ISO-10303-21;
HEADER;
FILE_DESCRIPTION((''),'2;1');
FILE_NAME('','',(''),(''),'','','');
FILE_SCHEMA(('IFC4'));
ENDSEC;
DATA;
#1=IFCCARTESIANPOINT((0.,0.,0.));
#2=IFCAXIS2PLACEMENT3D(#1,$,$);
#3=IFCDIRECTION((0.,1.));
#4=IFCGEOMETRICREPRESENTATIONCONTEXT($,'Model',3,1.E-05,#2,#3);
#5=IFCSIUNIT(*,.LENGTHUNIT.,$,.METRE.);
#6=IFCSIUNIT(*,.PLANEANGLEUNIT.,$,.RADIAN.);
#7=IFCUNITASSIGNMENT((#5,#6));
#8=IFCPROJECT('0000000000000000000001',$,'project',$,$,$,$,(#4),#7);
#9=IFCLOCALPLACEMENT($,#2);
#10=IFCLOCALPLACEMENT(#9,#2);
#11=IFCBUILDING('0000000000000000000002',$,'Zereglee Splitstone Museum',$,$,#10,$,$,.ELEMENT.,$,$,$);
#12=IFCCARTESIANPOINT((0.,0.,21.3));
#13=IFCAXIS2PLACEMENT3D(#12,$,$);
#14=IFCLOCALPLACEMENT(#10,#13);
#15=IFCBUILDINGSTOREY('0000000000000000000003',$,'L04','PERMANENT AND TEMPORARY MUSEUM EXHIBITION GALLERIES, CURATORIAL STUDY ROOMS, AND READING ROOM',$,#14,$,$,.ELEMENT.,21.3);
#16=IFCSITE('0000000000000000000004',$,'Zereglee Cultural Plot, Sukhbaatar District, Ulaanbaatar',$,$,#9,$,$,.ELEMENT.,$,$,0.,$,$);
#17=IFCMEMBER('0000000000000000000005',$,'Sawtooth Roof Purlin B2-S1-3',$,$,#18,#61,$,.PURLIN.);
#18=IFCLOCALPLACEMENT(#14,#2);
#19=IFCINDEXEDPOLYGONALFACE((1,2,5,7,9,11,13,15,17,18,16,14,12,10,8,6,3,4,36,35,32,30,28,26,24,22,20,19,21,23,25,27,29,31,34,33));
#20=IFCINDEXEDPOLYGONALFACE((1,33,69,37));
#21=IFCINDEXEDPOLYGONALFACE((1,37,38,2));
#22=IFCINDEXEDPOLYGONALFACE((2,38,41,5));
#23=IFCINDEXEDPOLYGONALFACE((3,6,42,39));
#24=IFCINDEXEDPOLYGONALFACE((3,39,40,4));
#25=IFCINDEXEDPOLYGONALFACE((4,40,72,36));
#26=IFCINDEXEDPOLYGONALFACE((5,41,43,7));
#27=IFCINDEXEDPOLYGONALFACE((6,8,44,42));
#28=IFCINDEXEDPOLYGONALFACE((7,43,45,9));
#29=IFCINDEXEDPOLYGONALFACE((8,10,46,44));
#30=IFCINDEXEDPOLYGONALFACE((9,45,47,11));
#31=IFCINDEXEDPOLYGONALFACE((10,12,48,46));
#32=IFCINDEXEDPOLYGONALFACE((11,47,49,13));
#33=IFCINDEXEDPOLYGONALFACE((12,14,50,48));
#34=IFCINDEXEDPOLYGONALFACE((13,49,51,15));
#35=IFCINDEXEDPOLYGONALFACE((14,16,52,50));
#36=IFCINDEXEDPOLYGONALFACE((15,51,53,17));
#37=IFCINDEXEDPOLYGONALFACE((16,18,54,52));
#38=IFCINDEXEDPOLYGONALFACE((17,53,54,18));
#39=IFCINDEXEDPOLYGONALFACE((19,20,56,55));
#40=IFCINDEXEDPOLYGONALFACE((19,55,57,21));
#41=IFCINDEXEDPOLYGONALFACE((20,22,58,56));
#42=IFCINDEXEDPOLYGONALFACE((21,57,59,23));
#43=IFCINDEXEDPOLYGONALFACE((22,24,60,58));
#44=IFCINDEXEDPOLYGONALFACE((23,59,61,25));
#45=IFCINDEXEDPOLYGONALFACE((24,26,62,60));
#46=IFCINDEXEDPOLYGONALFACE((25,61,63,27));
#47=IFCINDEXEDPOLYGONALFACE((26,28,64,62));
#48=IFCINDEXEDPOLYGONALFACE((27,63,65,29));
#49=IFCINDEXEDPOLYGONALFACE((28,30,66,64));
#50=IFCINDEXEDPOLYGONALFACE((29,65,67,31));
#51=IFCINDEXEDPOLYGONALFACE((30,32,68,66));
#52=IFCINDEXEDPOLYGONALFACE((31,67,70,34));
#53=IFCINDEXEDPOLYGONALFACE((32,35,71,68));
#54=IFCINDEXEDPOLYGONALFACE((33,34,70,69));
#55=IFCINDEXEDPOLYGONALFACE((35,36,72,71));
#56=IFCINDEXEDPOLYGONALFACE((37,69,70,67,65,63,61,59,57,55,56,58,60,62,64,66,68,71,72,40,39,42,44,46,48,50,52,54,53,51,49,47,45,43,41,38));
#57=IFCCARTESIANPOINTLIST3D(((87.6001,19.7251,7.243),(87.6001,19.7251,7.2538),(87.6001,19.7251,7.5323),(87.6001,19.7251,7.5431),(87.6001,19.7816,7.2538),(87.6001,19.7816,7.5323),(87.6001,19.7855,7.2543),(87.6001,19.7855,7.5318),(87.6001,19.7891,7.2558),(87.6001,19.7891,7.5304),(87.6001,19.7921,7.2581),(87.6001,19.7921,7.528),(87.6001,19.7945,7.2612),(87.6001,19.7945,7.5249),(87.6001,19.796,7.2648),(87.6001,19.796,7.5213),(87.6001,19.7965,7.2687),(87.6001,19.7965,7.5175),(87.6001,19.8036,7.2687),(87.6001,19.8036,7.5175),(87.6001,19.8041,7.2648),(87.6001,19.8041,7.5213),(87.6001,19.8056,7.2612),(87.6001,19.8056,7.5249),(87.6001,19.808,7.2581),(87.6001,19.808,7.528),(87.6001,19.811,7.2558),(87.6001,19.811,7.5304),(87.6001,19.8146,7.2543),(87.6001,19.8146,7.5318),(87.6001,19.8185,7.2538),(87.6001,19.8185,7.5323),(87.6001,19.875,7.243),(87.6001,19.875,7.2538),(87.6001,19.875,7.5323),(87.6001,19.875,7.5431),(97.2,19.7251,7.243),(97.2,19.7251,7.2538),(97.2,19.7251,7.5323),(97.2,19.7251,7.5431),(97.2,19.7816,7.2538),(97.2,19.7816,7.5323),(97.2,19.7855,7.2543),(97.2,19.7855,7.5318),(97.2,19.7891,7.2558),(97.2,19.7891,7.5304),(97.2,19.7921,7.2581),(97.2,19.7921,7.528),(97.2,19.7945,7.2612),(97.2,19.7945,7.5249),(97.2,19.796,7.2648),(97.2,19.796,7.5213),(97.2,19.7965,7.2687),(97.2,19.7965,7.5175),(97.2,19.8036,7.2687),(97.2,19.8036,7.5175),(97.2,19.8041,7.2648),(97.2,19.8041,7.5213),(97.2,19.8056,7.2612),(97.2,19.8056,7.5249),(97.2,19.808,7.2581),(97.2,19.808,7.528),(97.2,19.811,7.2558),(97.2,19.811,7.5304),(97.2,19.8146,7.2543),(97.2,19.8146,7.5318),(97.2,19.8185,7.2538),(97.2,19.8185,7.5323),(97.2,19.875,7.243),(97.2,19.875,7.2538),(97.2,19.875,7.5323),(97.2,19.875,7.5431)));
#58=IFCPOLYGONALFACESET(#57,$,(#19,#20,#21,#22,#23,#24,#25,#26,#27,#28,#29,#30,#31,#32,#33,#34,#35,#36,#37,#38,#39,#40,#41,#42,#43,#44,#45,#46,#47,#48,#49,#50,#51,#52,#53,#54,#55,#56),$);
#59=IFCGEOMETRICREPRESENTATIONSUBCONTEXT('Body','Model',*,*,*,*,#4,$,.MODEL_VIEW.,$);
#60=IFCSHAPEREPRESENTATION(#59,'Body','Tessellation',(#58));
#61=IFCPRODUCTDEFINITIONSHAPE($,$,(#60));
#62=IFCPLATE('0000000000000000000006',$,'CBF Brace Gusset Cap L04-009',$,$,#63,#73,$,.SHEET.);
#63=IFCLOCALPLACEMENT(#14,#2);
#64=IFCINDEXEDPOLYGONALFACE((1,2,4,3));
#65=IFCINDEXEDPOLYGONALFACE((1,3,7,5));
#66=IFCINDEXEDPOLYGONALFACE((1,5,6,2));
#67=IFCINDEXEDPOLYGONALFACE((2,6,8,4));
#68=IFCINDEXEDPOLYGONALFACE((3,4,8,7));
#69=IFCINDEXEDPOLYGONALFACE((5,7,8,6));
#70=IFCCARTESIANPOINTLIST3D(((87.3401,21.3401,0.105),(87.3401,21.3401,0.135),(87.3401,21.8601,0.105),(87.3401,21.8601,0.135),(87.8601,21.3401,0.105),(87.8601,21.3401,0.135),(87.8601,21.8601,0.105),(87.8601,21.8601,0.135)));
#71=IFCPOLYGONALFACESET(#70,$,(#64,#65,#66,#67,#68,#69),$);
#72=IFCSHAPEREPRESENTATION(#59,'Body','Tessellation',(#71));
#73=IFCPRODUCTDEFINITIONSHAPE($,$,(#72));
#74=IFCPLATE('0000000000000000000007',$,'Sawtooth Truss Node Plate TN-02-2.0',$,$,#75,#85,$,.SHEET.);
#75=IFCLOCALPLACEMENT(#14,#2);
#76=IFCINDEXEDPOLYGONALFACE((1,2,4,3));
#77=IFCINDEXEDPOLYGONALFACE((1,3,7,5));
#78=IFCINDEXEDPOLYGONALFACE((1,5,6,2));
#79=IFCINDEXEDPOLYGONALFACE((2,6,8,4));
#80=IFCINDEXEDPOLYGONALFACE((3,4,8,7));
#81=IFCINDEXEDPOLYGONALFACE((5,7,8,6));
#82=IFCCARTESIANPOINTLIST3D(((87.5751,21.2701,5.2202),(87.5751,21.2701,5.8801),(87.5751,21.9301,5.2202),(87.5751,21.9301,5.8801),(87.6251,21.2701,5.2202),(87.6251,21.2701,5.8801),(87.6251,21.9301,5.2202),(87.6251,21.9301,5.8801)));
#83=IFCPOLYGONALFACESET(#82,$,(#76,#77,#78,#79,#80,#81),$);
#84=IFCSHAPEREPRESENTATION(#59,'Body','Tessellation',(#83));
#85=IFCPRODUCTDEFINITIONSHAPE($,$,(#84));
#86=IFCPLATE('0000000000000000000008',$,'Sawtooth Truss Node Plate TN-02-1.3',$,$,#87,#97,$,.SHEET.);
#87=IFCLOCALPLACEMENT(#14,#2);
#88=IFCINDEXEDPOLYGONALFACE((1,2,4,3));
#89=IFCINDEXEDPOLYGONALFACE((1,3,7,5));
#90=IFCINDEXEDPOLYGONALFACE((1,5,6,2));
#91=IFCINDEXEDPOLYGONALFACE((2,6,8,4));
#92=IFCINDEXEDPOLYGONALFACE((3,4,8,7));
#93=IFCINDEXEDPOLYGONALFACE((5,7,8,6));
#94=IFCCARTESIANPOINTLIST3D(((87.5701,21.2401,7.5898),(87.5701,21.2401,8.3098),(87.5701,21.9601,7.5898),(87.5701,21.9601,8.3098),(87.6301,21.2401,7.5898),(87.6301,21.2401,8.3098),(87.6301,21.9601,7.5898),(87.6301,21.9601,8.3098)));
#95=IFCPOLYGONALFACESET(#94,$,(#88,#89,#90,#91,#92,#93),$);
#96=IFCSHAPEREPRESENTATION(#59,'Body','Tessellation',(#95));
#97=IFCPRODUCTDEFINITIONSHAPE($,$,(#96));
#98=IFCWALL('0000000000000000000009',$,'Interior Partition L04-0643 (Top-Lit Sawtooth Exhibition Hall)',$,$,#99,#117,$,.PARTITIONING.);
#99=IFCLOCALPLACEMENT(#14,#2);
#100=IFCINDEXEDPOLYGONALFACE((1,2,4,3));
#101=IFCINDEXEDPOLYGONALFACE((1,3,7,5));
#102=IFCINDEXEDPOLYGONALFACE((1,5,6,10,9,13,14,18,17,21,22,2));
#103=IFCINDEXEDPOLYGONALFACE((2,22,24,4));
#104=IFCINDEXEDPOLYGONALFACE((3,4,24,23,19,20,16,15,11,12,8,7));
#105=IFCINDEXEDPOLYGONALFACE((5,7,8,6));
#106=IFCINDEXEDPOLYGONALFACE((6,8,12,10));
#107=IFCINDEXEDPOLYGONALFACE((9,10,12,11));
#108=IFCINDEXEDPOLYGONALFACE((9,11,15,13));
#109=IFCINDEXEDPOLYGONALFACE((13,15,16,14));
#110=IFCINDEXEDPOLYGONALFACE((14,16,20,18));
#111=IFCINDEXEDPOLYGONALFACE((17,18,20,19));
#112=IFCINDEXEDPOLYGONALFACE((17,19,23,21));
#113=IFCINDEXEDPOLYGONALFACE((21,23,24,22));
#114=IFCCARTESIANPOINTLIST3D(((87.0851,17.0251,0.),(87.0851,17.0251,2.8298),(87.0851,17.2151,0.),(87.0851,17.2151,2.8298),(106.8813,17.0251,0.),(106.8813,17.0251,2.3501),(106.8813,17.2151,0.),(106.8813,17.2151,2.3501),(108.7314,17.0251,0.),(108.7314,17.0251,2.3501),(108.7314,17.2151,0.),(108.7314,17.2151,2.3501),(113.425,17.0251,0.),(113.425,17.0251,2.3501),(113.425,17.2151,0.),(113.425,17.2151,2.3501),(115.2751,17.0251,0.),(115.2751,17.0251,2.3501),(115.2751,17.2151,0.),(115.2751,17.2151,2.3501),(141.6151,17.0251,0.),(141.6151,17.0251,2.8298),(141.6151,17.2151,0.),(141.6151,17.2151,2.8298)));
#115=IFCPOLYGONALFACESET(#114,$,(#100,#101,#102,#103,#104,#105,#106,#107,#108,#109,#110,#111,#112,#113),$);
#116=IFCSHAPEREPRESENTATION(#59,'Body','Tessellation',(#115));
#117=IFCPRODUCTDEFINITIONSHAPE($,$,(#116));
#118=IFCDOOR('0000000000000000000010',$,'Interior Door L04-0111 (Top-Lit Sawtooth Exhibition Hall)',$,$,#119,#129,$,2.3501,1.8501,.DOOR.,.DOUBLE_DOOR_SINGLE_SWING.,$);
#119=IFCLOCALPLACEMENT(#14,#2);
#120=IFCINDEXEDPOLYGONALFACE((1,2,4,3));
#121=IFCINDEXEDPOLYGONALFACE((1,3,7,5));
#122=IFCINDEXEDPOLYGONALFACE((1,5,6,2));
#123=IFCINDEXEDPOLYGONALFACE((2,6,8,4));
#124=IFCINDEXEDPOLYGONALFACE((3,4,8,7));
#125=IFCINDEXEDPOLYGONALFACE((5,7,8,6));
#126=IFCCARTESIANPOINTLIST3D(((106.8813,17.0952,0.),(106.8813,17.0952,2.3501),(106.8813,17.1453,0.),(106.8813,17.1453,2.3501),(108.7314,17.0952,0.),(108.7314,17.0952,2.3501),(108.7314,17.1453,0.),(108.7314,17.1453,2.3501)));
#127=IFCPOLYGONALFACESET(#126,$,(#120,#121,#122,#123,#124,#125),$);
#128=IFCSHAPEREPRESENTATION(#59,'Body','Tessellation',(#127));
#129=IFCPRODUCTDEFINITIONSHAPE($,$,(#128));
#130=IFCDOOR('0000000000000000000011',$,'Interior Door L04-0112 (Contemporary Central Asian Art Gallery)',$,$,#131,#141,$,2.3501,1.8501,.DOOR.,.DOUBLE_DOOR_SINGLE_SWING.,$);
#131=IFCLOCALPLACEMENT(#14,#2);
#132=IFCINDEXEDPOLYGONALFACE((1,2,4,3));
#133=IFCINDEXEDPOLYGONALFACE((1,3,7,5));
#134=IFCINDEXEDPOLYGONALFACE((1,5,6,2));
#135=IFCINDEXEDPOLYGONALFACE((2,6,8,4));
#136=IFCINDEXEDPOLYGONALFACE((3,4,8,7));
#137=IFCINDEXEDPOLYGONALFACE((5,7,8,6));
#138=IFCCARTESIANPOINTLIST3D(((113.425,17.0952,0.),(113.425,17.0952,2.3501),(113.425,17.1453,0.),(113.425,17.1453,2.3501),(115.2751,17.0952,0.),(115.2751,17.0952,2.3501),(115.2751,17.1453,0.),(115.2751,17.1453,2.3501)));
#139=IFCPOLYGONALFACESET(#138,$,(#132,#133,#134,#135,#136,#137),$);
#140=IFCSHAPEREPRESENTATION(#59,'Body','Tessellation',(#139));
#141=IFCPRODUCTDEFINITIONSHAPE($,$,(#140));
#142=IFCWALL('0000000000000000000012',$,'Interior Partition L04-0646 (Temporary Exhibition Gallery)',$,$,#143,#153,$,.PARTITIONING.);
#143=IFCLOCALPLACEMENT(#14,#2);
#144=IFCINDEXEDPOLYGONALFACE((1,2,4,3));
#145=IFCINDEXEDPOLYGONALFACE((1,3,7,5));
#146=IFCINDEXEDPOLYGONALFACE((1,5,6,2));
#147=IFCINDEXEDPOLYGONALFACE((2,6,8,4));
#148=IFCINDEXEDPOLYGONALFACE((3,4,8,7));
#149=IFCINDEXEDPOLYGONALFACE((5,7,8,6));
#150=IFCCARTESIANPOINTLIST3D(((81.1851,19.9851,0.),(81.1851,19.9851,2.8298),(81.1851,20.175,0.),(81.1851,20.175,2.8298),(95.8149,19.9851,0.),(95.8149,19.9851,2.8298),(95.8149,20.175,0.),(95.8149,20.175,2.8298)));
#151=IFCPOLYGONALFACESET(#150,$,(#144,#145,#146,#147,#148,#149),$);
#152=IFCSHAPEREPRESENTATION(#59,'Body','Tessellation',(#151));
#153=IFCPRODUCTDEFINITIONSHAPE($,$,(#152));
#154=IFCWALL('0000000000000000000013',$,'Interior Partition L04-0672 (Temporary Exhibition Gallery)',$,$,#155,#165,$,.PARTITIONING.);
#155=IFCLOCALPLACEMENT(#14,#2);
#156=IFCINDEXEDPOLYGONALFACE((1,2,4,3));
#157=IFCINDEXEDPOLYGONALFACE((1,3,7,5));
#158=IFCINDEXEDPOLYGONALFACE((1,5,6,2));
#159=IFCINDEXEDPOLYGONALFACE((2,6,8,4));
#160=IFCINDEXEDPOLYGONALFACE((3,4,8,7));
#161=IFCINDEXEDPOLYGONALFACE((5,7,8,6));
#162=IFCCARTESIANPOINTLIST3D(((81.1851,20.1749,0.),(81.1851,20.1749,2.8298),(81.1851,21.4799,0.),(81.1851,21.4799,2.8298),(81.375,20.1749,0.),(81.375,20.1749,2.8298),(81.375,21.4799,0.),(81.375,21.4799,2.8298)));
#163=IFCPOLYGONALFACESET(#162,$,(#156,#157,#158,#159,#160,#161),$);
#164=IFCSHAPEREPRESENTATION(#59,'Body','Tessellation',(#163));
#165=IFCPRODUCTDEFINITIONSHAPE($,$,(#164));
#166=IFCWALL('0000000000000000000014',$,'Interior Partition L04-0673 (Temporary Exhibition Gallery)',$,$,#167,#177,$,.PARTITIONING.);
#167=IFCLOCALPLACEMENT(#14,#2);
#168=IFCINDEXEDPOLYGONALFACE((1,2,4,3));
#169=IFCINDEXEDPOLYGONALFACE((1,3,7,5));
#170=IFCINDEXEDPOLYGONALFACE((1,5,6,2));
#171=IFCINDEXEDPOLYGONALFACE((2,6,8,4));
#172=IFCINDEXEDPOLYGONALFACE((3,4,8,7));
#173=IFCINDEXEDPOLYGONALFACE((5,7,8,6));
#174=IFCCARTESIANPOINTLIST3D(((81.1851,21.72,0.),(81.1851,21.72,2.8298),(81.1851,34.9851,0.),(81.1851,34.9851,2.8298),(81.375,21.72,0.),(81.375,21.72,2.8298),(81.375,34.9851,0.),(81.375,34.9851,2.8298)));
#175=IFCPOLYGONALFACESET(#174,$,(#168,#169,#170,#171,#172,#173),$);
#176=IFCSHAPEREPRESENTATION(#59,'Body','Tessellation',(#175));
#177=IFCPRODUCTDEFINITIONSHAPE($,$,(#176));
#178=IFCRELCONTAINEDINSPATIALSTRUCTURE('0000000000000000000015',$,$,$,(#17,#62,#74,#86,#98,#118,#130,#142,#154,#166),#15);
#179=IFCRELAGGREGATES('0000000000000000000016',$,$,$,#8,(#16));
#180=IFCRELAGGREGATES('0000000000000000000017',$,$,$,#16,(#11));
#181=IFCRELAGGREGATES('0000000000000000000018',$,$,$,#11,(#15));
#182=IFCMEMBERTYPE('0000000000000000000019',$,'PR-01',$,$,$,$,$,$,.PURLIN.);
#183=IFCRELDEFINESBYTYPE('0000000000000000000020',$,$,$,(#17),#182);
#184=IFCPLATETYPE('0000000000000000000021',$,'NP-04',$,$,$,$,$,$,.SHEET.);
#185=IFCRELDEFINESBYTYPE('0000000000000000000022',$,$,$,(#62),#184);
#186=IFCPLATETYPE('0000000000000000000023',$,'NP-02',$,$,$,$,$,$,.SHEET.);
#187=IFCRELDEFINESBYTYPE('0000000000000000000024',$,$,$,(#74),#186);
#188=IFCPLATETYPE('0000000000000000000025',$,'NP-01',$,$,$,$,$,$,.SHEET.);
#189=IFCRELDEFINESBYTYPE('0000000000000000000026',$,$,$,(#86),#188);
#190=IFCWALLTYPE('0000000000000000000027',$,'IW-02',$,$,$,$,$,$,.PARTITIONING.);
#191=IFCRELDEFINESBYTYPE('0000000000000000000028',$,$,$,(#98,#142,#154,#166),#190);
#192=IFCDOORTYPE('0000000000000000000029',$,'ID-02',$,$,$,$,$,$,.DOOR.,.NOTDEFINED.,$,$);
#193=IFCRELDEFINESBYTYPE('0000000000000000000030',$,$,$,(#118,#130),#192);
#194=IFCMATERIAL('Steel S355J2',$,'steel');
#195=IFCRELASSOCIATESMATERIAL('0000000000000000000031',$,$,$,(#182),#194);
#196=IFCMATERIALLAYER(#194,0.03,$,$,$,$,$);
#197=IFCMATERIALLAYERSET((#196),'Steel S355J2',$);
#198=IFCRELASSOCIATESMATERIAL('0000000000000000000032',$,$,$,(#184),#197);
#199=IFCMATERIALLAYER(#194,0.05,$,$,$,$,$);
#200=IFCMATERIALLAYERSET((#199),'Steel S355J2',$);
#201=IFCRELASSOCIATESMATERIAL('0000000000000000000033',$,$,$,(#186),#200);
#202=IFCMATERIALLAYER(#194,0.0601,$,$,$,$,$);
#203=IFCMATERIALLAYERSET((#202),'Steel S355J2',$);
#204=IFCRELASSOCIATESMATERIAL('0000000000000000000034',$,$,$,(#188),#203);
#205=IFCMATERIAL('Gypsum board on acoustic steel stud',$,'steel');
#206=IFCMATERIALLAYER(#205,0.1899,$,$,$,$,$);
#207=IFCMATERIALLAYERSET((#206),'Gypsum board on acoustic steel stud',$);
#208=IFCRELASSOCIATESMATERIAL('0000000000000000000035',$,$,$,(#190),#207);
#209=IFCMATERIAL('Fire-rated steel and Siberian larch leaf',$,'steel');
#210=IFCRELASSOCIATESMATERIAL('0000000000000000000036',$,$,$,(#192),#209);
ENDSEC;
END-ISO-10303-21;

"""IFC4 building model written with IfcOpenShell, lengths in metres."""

from ifc_helpers import new_model, si_unit, direction, frame, frame_2d, origin, origin_2d, place, context, subcontext, project, spatial, rectangle, i_section, extrude, material, layer, layer_set, material_profile, profile_set, type_object, element, fill, save


model = new_model("IFC4")

# Units and contexts
model_context = context("Model", 3, precision=1e-05, world=origin(), true_north=direction((0.0, 1.0)))
body_context = subcontext(model_context, "Body", "Model", "MODEL_VIEW")
ifc_project = project(units=[si_unit("LENGTHUNIT", "METRE"), si_unit("PLANEANGLEUNIT", "RADIAN")], contexts=[model_context])

# Site, building, storey
site_placement = place(None, origin())
site = spatial("IfcSite", under=ifc_project, at=site_placement, Name="Zereglee Cultural Plot, Sukhbaatar District, Ulaanbaatar", CompositionType="ELEMENT", RefElevation=0.0)
building_placement = place(site_placement, origin())
building = spatial("IfcBuilding", under=site, at=building_placement, Name="Zereglee Splitstone Museum", CompositionType="ELEMENT")
storey_placement = place(building_placement, frame((0.0, 0.0, 21.3)))
storey = spatial("IfcBuildingStorey", under=building, at=storey_placement, Name="L04", Description="PERMANENT AND TEMPORARY MUSEUM EXHIBITION GALLERIES, CURATORIAL STUDY ROOMS, AND READING ROOM", CompositionType="ELEMENT", Elevation=21.3)

# Shared definitions
ifc_material_1 = material(Name="Steel S355J2", Category="steel")

# Member
ifc_material_profile_1 = material_profile(ifc_material_1, i_section(OverallWidth=0.1499, OverallDepth=0.3, WebThickness=0.0071, FlangeThickness=0.0107, FilletRadius=0.0149, at=origin_2d()), Name="IPE 300")
ifc_profile_set_1 = profile_set([ifc_material_profile_1], Name="Steel S355J2")
member_type_1 = type_object("IfcMemberType", Name="PR-01", PredefinedType="PURLIN", material=ifc_profile_set_1)
member_1_placement = place(storey_placement, frame((87.6001, 19.8, 7.3931), z_axis=(1.0, 0.0, 0.0), x_axis=(0.0, 1.0, 0.0)))
element("IfcMember", 1, at=member_1_placement, inside=storey, type_object=member_type_1, Name="Sawtooth Roof Purlin B2-S1-3", PredefinedType="PURLIN", context=body_context, shape_type="SweptSolid", body=[
    extrude(i_section(OverallWidth=0.1499, OverallDepth=0.3, WebThickness=0.0071, FlangeThickness=0.0107, FilletRadius=0.0149, at=origin_2d()), origin(), (0.0, 0.0, 1.0), 9.5999),
])

# Plates
ifc_layer_1 = layer(ifc_material_1, 0.03)
ifc_layer_set_1 = layer_set([ifc_layer_1], Name="Steel S355J2")
plate_type_1 = type_object("IfcPlateType", Name="NP-04", PredefinedType="SHEET", material=ifc_layer_set_1)
plate_1_placement = place(storey_placement, frame((87.6001, 21.6001, 0.105), z_axis=(0.0, 0.0, 1.0), x_axis=(1.0, 0.0, 0.0)))
element("IfcPlate", 2, at=plate_1_placement, inside=storey, type_object=plate_type_1, Name="CBF Brace Gusset Cap L04-009", PredefinedType="SHEET", context=body_context, shape_type="SweptSolid", body=[
    extrude(rectangle(XDim=0.52, YDim=0.52, at=origin_2d()), origin(), (0.0, 0.0, 1.0), 0.03),
])
ifc_layer_2 = layer(ifc_material_1, 0.05)
ifc_layer_set_2 = layer_set([ifc_layer_2], Name="Steel S355J2")
plate_type_2 = type_object("IfcPlateType", Name="NP-02", PredefinedType="SHEET", material=ifc_layer_set_2)
plate_2_placement = place(storey_placement, frame((87.6001, 21.6001, 5.2202), z_axis=(0.0, 0.0, 1.0), x_axis=(1.0, 0.0, 0.0)))
element("IfcPlate", 3, at=plate_2_placement, inside=storey, type_object=plate_type_2, Name="Sawtooth Truss Node Plate TN-02-2.0", PredefinedType="SHEET", context=body_context, shape_type="SweptSolid", body=[
    extrude(rectangle(XDim=0.05, YDim=0.6599, at=origin_2d()), origin(), (0.0, 0.0, 1.0), 0.6599),
])
ifc_layer_3 = layer(ifc_material_1, 0.0601)
ifc_layer_set_3 = layer_set([ifc_layer_3], Name="Steel S355J2")
plate_type_3 = type_object("IfcPlateType", Name="NP-01", PredefinedType="SHEET", material=ifc_layer_set_3)
plate_3_placement = place(storey_placement, frame((87.6001, 21.6001, 7.5898), z_axis=(0.0, 0.0, 1.0), x_axis=(1.0, 0.0, 0.0)))
element("IfcPlate", 4, at=plate_3_placement, inside=storey, type_object=plate_type_3, Name="Sawtooth Truss Node Plate TN-02-1.3", PredefinedType="SHEET", context=body_context, shape_type="SweptSolid", body=[
    extrude(rectangle(XDim=0.0601, YDim=0.72, at=origin_2d()), origin(), (0.0, 0.0, 1.0), 0.72),
])

# Wall, openings, doors
ifc_material_2 = material(Name="Gypsum board on acoustic steel stud", Category="steel")
ifc_layer_4 = layer(ifc_material_2, 0.1899)
ifc_layer_set_4 = layer_set([ifc_layer_4], Name="Gypsum board on acoustic steel stud")
wall_type = type_object("IfcWallType", Name="IW-02", PredefinedType="PARTITIONING", material=ifc_layer_set_4)
wall_1_placement = place(storey_placement, frame((87.085, 17.1201, 0.0), z_axis=(0.0, 0.0, 1.0), x_axis=(1.0, 0.0, 0.0)))
wall_1 = element("IfcWall", 5, at=wall_1_placement, inside=storey, type_object=wall_type, Name="Interior Partition L04-0643 (Top-Lit Sawtooth Exhibition Hall)", PredefinedType="PARTITIONING", context=body_context, shape_type="SweptSolid", body=[
    extrude(rectangle(XDim=54.53, YDim=0.1899, at=frame_2d((27.2651, 0.0))), origin(), (0.0, 0.0, 1.0), 2.8298),
])
opening_1_placement = place(wall_1_placement, frame((19.7964, 0.0, 0.0)))
opening_1 = element("IfcOpeningElement", 6, at=opening_1_placement, cuts=wall_1, PredefinedType="OPENING", context=body_context, shape_type="SweptSolid", body=[
    extrude(rectangle(XDim=1.8501, YDim=2.3501, at=frame_2d((0.925, 1.175))), frame((0.0, 0.1099, 0.0), z_axis=(0.0, -1.0, 0.0), x_axis=(1.0, 0.0, 0.0)), (0.0, 0.0, 1.0), 0.2197),
])
opening_2_placement = place(wall_1_placement, frame((26.3401, 0.0, 0.0)))
opening_2 = element("IfcOpeningElement", 7, at=opening_2_placement, cuts=wall_1, PredefinedType="OPENING", context=body_context, shape_type="SweptSolid", body=[
    extrude(rectangle(XDim=1.8501, YDim=2.3501, at=frame_2d((0.925, 1.175))), frame((0.0, 0.1099, 0.0), z_axis=(0.0, -1.0, 0.0), x_axis=(1.0, 0.0, 0.0)), (0.0, 0.0, 1.0), 0.2197),
])
ifc_material_3 = material(Name="Fire-rated steel and Siberian larch leaf", Category="steel")
door_type = type_object("IfcDoorType", Name="ID-02", OperationType="NOTDEFINED", PredefinedType="DOOR", material=ifc_material_3)
door_1_placement = place(opening_1_placement, frame((1.8501, 0.0, 0.0), z_axis=(0.0, 0.0, 1.0), x_axis=(-1.0, 0.0, 0.0)))
door_1 = element("IfcDoor", 8, at=door_1_placement, inside=storey, type_object=door_type, Name="Interior Door L04-0111 (Top-Lit Sawtooth Exhibition Hall)", OperationType="DOUBLE_DOOR_SINGLE_SWING", OverallHeight=2.3501, OverallWidth=1.8501, PredefinedType="DOOR", context=body_context, shape_type="SweptSolid", body=[
    extrude(rectangle(XDim=1.8501, YDim=2.3501, at=frame_2d((0.925, 1.175))), frame((0.0, 0.0249, 0.0), z_axis=(0.0, -1.0, 0.0), x_axis=(1.0, 0.0, 0.0)), (0.0, 0.0, 1.0), 0.05),
])
fill(opening_1, door_1)
door_2_placement = place(opening_2_placement, frame((1.8501, 0.0, 0.0), z_axis=(0.0, 0.0, 1.0), x_axis=(-1.0, 0.0, 0.0)))
door_2 = element("IfcDoor", 9, at=door_2_placement, inside=storey, type_object=door_type, Name="Interior Door L04-0112 (Contemporary Central Asian Art Gallery)", OperationType="DOUBLE_DOOR_SINGLE_SWING", OverallHeight=2.3501, OverallWidth=1.8501, PredefinedType="DOOR", context=body_context, shape_type="SweptSolid", body=[
    extrude(rectangle(XDim=1.8501, YDim=2.3501, at=frame_2d((0.925, 1.175))), frame((0.0, 0.0249, 0.0), z_axis=(0.0, -1.0, 0.0), x_axis=(1.0, 0.0, 0.0)), (0.0, 0.0, 1.0), 0.05),
])
fill(opening_2, door_2)

# Walls
wall_2_placement = place(storey_placement, frame((81.1851, 20.0801, 0.0), z_axis=(0.0, 0.0, 1.0), x_axis=(1.0, 0.0, 0.0)))
element("IfcWall", 10, at=wall_2_placement, inside=storey, type_object=wall_type, Name="Interior Partition L04-0646 (Temporary Exhibition Gallery)", PredefinedType="PARTITIONING", context=body_context, shape_type="SweptSolid", body=[
    extrude(rectangle(XDim=14.6299, YDim=0.1899, at=frame_2d((7.3149, 0.0))), origin(), (0.0, 0.0, 1.0), 2.8298),
])
wall_3_placement = place(storey_placement, frame((81.28, 20.175, 0.0), z_axis=(0.0, 0.0, 1.0), x_axis=(0.0, 1.0, 0.0)))
element("IfcWall", 11, at=wall_3_placement, inside=storey, type_object=wall_type, Name="Interior Partition L04-0672 (Temporary Exhibition Gallery)", PredefinedType="PARTITIONING", context=body_context, shape_type="SweptSolid", body=[
    extrude(rectangle(XDim=1.3049, YDim=0.1899, at=frame_2d((0.6523, 0.0))), origin(), (0.0, 0.0, 1.0), 2.8298),
])
wall_4_placement = place(storey_placement, frame((81.28, 21.72, 0.0), z_axis=(0.0, 0.0, 1.0), x_axis=(0.0, 1.0, 0.0)))
element("IfcWall", 12, at=wall_4_placement, inside=storey, type_object=wall_type, Name="Interior Partition L04-0673 (Temporary Exhibition Gallery)", PredefinedType="PARTITIONING", context=body_context, shape_type="SweptSolid", body=[
    extrude(rectangle(XDim=13.2651, YDim=0.1899, at=frame_2d((6.6326, 0.0))), origin(), (0.0, 0.0, 1.0), 2.8298),
])

save(model, "model.ifc")
